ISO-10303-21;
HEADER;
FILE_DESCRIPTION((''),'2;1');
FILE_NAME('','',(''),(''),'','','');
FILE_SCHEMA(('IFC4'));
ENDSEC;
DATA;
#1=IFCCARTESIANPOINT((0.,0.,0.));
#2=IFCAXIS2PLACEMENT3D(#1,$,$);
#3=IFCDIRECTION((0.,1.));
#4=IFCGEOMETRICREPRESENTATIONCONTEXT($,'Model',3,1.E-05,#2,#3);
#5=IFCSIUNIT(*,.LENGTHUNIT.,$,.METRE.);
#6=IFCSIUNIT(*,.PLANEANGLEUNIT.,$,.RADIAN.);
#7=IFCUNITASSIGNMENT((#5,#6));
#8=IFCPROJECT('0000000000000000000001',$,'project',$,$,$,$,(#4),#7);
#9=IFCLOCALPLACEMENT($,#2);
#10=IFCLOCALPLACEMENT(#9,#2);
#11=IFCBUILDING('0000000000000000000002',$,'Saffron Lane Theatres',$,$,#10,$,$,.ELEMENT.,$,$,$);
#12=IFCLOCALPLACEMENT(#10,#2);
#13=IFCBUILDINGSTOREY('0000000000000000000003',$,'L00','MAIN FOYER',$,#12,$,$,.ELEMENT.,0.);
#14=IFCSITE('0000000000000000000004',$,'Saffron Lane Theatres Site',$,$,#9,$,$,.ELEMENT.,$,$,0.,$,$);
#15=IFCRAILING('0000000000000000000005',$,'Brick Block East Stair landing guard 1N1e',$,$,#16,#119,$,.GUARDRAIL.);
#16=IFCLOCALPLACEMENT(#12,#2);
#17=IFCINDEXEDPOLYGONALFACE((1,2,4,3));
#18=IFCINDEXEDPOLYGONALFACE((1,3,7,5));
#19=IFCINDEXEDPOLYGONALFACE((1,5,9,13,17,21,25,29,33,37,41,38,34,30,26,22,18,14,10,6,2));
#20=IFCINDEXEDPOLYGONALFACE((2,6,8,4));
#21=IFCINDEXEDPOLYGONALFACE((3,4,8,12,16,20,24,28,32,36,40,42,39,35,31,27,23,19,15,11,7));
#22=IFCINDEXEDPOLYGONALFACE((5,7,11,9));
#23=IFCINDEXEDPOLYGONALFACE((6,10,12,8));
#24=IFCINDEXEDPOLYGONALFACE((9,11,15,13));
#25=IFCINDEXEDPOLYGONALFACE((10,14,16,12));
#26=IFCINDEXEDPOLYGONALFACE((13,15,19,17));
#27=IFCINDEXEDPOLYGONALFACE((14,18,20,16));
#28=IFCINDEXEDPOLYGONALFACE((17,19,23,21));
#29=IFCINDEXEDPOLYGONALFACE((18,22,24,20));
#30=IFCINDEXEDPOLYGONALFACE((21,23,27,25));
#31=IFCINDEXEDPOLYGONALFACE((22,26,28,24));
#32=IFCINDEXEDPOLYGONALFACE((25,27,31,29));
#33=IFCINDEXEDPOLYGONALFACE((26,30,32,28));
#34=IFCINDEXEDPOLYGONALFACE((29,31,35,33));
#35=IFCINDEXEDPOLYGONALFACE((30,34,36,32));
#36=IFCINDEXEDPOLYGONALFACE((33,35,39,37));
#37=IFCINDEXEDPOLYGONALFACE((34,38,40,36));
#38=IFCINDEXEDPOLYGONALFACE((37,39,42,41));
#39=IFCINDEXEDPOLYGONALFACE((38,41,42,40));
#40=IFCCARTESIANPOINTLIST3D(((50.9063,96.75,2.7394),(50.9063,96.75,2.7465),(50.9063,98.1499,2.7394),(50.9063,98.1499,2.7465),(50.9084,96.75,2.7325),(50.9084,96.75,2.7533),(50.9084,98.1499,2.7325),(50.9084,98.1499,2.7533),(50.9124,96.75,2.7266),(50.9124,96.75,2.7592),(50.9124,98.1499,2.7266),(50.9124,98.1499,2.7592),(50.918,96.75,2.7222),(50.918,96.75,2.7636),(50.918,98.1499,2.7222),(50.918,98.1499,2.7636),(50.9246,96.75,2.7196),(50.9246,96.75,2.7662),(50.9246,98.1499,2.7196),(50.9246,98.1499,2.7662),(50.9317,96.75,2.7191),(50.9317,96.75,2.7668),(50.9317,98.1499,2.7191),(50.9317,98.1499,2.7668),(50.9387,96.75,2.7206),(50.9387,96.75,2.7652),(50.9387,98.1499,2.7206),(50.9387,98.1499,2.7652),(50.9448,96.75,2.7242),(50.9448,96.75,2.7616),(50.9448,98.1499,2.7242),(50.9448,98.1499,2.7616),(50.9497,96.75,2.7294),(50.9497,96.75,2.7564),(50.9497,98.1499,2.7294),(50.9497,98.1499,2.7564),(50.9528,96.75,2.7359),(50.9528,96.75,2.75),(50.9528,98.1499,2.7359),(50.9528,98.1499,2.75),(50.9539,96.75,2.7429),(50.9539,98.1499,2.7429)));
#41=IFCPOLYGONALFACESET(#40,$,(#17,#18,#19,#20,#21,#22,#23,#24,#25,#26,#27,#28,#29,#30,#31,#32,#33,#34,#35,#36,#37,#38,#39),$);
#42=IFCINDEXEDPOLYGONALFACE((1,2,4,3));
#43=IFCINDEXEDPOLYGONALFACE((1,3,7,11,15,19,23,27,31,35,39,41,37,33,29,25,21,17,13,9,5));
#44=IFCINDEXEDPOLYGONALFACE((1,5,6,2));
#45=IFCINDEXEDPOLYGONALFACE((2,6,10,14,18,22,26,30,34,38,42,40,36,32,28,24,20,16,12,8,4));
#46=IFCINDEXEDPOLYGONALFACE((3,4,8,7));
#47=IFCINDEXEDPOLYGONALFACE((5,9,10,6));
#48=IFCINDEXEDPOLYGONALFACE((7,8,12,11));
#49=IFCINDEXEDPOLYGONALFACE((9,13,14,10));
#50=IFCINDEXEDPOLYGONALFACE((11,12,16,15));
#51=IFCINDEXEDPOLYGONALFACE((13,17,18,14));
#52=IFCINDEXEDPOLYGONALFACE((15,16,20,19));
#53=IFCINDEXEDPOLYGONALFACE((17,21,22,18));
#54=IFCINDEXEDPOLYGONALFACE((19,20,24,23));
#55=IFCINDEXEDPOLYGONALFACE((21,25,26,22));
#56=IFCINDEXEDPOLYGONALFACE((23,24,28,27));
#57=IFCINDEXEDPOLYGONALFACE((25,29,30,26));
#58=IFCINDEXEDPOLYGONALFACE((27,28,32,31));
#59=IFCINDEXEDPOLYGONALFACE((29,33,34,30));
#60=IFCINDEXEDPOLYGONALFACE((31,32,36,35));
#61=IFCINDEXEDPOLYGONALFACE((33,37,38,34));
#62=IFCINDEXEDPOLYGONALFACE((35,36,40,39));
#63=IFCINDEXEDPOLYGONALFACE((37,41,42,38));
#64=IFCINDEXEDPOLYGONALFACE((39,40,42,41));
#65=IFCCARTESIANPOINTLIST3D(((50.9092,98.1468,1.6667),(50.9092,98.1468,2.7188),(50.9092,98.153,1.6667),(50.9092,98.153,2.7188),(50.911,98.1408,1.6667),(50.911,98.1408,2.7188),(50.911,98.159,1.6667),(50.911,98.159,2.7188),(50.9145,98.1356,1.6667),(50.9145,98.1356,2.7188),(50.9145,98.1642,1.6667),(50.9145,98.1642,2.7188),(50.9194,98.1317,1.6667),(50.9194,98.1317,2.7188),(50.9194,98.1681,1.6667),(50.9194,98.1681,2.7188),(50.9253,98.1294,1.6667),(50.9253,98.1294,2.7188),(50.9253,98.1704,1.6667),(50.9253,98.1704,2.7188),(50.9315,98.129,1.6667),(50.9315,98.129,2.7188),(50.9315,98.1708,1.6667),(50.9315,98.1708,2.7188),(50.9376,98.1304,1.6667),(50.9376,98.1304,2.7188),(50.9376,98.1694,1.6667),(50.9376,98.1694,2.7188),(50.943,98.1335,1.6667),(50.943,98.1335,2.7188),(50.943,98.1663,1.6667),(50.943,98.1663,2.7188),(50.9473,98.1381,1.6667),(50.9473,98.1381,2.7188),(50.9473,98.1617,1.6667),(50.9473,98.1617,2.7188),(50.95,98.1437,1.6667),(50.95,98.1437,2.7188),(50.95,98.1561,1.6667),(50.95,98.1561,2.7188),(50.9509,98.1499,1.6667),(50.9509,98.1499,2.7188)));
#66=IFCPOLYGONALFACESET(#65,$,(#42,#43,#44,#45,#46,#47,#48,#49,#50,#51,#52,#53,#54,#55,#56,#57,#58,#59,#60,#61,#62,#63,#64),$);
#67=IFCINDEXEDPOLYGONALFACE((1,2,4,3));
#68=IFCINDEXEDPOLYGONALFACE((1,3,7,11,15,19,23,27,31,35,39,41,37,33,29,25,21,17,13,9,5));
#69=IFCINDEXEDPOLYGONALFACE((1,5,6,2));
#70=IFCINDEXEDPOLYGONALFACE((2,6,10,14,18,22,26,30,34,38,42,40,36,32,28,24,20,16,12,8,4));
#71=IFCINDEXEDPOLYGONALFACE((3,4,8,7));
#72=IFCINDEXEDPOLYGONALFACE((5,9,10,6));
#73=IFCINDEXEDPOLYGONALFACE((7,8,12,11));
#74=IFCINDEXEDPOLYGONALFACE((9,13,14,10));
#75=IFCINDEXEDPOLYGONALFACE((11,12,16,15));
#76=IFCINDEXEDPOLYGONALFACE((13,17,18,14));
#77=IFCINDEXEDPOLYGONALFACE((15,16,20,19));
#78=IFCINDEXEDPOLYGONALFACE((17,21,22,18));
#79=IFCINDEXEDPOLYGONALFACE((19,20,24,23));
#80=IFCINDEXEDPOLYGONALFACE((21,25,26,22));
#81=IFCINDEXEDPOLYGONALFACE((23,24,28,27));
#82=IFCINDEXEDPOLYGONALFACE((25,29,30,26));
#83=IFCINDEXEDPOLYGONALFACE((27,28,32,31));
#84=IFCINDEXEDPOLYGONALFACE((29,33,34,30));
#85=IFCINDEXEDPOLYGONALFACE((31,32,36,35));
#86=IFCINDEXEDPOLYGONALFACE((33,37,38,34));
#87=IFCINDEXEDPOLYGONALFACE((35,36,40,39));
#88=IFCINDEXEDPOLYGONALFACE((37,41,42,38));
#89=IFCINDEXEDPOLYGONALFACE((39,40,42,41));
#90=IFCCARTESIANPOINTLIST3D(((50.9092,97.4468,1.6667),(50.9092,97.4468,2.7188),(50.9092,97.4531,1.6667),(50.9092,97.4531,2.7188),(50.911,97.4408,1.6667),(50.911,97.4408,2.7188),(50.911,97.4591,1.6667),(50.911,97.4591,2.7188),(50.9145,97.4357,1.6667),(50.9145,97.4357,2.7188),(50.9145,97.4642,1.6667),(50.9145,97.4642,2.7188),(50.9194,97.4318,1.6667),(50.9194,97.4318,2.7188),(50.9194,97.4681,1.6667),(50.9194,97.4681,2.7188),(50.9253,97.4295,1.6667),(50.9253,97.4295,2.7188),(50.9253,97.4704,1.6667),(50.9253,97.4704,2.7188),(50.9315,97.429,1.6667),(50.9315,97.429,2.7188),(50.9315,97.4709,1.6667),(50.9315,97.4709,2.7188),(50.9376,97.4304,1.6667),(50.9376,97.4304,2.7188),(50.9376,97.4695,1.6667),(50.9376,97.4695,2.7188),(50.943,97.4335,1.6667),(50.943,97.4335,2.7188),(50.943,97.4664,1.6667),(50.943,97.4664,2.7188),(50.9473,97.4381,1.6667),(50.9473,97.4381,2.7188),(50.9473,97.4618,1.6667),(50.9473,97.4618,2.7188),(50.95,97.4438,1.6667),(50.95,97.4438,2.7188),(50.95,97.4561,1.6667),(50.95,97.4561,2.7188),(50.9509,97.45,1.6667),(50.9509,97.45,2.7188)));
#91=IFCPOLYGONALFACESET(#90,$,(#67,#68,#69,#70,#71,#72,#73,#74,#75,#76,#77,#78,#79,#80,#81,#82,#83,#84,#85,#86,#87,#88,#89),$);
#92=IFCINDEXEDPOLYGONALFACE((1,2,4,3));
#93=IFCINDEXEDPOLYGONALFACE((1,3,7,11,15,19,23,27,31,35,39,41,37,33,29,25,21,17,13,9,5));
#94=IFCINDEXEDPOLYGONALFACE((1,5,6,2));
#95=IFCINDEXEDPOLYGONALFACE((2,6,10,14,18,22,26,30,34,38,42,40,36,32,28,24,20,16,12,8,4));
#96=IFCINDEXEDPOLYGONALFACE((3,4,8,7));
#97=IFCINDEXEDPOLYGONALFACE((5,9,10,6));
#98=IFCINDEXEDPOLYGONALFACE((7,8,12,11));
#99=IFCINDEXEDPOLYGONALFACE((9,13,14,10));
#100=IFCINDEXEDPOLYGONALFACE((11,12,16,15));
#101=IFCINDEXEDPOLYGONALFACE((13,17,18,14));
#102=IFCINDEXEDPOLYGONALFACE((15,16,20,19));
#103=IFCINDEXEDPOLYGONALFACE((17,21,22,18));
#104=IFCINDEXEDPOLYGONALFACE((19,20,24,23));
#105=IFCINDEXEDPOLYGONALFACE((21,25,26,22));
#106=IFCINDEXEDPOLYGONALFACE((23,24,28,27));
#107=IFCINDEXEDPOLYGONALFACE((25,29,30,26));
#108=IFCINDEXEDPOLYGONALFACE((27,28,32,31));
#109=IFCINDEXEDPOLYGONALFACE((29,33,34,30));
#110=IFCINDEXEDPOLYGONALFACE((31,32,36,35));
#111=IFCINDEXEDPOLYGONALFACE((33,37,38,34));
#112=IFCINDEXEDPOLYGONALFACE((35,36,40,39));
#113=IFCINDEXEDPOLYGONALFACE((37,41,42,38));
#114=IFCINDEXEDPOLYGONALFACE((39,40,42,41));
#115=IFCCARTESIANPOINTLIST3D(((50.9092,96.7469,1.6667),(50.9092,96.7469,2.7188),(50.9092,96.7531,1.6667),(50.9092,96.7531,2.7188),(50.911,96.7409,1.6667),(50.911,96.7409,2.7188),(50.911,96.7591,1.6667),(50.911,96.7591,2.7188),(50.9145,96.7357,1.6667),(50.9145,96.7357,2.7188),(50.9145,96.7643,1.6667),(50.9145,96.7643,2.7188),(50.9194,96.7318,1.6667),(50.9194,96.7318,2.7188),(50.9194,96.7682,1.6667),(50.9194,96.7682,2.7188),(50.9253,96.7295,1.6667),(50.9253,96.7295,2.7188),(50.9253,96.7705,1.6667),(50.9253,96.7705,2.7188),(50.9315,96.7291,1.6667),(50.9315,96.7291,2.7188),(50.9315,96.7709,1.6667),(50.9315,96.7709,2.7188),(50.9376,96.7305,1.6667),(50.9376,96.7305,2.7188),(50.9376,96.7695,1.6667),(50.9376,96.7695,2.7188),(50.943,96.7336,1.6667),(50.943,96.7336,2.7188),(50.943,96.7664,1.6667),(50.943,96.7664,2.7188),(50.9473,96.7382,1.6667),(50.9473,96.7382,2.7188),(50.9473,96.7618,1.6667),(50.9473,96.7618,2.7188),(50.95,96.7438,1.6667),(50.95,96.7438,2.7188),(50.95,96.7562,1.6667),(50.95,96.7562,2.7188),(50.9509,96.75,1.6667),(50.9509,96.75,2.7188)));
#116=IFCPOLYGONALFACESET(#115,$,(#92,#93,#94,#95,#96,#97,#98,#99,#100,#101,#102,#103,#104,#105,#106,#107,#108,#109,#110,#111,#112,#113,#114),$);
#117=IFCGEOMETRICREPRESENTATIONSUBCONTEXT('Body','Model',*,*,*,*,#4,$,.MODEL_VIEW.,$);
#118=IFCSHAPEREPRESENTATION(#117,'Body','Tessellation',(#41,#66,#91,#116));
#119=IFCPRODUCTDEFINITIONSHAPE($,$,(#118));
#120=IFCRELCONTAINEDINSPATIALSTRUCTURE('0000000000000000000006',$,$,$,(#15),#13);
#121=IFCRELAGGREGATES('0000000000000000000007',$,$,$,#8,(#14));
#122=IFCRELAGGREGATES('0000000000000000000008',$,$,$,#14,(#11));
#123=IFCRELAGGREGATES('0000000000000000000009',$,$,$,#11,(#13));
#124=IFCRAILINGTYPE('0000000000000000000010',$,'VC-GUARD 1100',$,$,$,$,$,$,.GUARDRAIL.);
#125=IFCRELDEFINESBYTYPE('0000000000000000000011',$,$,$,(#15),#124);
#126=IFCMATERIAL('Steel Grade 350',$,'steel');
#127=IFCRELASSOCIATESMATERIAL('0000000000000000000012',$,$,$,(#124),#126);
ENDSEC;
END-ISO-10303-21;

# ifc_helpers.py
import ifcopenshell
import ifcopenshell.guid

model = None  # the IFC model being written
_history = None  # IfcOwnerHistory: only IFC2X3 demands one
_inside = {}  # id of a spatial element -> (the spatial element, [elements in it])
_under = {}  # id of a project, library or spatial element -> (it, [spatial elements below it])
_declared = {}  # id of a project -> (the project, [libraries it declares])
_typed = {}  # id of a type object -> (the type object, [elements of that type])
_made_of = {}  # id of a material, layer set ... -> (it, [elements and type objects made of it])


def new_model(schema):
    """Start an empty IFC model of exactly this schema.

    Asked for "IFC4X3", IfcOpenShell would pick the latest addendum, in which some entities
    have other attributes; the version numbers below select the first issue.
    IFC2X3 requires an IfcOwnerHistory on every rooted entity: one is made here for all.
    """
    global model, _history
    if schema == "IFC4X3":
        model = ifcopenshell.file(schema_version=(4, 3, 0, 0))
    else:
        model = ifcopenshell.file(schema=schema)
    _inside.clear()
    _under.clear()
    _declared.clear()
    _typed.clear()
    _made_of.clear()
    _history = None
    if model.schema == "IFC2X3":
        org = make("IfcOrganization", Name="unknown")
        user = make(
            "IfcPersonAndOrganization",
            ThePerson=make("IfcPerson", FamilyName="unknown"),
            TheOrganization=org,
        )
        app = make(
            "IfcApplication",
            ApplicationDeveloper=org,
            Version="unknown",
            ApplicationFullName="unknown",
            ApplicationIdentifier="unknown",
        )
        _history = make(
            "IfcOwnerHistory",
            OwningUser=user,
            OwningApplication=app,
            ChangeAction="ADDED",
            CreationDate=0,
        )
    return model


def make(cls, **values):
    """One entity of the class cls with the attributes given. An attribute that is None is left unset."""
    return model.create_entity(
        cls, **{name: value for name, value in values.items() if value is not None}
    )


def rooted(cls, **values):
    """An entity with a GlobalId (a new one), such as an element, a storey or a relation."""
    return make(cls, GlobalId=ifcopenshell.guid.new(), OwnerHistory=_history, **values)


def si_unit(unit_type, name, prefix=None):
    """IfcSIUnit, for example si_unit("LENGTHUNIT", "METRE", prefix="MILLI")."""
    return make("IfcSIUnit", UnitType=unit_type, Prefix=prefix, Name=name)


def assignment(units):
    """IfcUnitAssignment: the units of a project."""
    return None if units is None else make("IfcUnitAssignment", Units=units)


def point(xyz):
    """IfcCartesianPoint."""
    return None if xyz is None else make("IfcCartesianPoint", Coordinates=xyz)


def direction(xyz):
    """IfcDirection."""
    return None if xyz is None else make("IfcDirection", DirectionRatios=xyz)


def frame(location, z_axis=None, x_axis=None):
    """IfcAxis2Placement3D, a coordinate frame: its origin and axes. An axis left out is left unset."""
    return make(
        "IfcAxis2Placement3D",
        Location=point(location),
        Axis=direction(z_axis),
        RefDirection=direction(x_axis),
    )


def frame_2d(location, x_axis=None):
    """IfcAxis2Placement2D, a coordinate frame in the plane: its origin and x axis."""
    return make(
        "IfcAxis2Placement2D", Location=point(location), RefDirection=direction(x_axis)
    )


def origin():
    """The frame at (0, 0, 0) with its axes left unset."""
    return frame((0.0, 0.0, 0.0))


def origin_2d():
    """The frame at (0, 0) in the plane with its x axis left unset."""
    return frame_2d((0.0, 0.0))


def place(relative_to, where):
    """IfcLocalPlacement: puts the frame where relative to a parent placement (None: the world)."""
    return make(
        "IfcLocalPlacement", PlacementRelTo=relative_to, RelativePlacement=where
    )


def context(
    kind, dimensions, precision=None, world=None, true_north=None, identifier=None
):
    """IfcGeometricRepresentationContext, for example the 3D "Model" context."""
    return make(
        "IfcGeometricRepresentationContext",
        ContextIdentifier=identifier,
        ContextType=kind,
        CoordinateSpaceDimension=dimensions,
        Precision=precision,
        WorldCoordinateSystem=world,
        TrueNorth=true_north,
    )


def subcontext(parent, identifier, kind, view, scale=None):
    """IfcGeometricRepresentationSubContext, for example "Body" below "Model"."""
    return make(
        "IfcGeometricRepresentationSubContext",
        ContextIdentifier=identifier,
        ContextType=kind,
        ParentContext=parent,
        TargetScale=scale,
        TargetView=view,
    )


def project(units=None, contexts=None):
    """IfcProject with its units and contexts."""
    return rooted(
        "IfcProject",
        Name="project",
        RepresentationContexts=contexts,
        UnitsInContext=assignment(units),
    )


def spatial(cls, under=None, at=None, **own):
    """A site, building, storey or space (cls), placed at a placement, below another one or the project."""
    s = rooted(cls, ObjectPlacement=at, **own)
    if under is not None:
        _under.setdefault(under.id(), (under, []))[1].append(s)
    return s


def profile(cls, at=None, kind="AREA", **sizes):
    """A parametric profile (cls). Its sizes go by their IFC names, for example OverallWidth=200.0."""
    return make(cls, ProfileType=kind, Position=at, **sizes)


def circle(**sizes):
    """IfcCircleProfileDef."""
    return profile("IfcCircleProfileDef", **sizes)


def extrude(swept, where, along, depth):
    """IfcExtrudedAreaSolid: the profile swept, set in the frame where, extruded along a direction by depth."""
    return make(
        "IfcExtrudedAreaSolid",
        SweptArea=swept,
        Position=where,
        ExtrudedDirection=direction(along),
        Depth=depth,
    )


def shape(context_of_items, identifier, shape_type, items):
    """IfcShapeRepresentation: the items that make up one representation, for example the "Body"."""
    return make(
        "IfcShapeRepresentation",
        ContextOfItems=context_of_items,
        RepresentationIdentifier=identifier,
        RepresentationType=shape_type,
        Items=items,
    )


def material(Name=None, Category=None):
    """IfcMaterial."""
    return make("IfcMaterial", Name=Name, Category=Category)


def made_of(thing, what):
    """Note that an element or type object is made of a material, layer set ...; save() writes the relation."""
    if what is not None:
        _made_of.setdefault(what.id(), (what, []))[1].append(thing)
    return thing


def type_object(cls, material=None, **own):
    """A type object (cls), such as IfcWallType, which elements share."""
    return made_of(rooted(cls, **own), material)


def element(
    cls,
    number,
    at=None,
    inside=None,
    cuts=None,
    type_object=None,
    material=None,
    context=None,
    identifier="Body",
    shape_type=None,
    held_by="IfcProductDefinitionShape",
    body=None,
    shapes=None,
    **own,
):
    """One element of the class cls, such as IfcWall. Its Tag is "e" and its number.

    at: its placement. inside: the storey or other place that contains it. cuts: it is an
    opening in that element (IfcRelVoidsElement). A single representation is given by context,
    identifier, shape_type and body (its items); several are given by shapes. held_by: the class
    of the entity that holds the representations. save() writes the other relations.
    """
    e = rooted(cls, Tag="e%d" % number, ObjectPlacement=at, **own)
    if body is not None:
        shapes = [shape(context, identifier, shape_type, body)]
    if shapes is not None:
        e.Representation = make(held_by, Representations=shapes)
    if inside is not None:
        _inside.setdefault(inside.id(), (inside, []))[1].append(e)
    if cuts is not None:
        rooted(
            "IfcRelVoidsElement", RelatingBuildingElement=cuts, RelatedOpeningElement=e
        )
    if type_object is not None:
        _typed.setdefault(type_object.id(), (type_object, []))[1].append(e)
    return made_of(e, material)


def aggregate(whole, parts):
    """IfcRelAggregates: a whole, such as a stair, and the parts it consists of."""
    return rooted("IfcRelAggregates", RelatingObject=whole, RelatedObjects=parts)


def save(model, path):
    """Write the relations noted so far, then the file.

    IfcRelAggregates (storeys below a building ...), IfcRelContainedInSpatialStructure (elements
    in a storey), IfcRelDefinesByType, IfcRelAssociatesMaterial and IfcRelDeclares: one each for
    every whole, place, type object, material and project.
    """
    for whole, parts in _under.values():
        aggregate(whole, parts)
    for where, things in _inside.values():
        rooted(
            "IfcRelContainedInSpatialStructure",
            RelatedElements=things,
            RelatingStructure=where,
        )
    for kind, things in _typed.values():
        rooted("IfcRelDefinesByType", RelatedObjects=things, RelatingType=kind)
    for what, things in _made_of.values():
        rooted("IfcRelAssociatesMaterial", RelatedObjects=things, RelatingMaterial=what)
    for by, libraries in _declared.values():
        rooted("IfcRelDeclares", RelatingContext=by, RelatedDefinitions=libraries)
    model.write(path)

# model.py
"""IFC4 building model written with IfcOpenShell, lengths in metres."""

from ifc_helpers import new_model, si_unit, direction, frame, origin, origin_2d, place, context, subcontext, project, spatial, circle, extrude, material, type_object, element, save


model = new_model("IFC4")

# Units and contexts
model_context = context("Model", 3, precision=1e-05, world=origin(), true_north=direction((0.0, 1.0)))
body_context = subcontext(model_context, "Body", "Model", "MODEL_VIEW")
ifc_project = project(units=[si_unit("LENGTHUNIT", "METRE"), si_unit("PLANEANGLEUNIT", "RADIAN")], contexts=[model_context])

# Site, building, storey
site_placement = place(None, origin())
site = spatial("IfcSite", under=ifc_project, at=site_placement, Name="Saffron Lane Theatres Site", CompositionType="ELEMENT", RefElevation=0.0)
building_placement = place(site_placement, origin())
building = spatial("IfcBuilding", under=site, at=building_placement, Name="Saffron Lane Theatres", CompositionType="ELEMENT")
storey_placement = place(building_placement, origin())
storey = spatial("IfcBuildingStorey", under=building, at=storey_placement, Name="L00", Description="MAIN FOYER", CompositionType="ELEMENT", Elevation=0.0)

# Railing
ifc_material_1 = material(Name="Steel Grade 350", Category="steel")
railing_type_1 = type_object("IfcRailingType", Name="VC-GUARD 1100", PredefinedType="GUARDRAIL", material=ifc_material_1)
railing_1_placement = place(storey_placement, frame((50.9299, 98.1499, 1.6667)))
element("IfcRailing", 1, at=railing_1_placement, inside=storey, type_object=railing_type_1, Name="Brick Block East Stair landing guard 1N1e", PredefinedType="GUARDRAIL", context=body_context, shape_type="SweptSolid", body=[
    extrude(circle(Radius=0.0239, at=origin_2d()), frame((0.0, 0.0, 1.0762), z_axis=(0.0, -1.0, 0.0), x_axis=(1.0, 0.0, 0.0)), (0.0, 0.0, 1.0), 1.3999),
    extrude(circle(Radius=0.021, at=origin_2d()), origin(), (0.0, 0.0, 1.0), 1.052),
    extrude(circle(Radius=0.021, at=origin_2d()), frame((0.0, -0.7, 0.0)), (0.0, 0.0, 1.0), 1.052),
    extrude(circle(Radius=0.021, at=origin_2d()), frame((0.0, -1.3999, 0.0)), (0.0, 0.0, 1.0), 1.052),
])

save(model, "model.ifc")
